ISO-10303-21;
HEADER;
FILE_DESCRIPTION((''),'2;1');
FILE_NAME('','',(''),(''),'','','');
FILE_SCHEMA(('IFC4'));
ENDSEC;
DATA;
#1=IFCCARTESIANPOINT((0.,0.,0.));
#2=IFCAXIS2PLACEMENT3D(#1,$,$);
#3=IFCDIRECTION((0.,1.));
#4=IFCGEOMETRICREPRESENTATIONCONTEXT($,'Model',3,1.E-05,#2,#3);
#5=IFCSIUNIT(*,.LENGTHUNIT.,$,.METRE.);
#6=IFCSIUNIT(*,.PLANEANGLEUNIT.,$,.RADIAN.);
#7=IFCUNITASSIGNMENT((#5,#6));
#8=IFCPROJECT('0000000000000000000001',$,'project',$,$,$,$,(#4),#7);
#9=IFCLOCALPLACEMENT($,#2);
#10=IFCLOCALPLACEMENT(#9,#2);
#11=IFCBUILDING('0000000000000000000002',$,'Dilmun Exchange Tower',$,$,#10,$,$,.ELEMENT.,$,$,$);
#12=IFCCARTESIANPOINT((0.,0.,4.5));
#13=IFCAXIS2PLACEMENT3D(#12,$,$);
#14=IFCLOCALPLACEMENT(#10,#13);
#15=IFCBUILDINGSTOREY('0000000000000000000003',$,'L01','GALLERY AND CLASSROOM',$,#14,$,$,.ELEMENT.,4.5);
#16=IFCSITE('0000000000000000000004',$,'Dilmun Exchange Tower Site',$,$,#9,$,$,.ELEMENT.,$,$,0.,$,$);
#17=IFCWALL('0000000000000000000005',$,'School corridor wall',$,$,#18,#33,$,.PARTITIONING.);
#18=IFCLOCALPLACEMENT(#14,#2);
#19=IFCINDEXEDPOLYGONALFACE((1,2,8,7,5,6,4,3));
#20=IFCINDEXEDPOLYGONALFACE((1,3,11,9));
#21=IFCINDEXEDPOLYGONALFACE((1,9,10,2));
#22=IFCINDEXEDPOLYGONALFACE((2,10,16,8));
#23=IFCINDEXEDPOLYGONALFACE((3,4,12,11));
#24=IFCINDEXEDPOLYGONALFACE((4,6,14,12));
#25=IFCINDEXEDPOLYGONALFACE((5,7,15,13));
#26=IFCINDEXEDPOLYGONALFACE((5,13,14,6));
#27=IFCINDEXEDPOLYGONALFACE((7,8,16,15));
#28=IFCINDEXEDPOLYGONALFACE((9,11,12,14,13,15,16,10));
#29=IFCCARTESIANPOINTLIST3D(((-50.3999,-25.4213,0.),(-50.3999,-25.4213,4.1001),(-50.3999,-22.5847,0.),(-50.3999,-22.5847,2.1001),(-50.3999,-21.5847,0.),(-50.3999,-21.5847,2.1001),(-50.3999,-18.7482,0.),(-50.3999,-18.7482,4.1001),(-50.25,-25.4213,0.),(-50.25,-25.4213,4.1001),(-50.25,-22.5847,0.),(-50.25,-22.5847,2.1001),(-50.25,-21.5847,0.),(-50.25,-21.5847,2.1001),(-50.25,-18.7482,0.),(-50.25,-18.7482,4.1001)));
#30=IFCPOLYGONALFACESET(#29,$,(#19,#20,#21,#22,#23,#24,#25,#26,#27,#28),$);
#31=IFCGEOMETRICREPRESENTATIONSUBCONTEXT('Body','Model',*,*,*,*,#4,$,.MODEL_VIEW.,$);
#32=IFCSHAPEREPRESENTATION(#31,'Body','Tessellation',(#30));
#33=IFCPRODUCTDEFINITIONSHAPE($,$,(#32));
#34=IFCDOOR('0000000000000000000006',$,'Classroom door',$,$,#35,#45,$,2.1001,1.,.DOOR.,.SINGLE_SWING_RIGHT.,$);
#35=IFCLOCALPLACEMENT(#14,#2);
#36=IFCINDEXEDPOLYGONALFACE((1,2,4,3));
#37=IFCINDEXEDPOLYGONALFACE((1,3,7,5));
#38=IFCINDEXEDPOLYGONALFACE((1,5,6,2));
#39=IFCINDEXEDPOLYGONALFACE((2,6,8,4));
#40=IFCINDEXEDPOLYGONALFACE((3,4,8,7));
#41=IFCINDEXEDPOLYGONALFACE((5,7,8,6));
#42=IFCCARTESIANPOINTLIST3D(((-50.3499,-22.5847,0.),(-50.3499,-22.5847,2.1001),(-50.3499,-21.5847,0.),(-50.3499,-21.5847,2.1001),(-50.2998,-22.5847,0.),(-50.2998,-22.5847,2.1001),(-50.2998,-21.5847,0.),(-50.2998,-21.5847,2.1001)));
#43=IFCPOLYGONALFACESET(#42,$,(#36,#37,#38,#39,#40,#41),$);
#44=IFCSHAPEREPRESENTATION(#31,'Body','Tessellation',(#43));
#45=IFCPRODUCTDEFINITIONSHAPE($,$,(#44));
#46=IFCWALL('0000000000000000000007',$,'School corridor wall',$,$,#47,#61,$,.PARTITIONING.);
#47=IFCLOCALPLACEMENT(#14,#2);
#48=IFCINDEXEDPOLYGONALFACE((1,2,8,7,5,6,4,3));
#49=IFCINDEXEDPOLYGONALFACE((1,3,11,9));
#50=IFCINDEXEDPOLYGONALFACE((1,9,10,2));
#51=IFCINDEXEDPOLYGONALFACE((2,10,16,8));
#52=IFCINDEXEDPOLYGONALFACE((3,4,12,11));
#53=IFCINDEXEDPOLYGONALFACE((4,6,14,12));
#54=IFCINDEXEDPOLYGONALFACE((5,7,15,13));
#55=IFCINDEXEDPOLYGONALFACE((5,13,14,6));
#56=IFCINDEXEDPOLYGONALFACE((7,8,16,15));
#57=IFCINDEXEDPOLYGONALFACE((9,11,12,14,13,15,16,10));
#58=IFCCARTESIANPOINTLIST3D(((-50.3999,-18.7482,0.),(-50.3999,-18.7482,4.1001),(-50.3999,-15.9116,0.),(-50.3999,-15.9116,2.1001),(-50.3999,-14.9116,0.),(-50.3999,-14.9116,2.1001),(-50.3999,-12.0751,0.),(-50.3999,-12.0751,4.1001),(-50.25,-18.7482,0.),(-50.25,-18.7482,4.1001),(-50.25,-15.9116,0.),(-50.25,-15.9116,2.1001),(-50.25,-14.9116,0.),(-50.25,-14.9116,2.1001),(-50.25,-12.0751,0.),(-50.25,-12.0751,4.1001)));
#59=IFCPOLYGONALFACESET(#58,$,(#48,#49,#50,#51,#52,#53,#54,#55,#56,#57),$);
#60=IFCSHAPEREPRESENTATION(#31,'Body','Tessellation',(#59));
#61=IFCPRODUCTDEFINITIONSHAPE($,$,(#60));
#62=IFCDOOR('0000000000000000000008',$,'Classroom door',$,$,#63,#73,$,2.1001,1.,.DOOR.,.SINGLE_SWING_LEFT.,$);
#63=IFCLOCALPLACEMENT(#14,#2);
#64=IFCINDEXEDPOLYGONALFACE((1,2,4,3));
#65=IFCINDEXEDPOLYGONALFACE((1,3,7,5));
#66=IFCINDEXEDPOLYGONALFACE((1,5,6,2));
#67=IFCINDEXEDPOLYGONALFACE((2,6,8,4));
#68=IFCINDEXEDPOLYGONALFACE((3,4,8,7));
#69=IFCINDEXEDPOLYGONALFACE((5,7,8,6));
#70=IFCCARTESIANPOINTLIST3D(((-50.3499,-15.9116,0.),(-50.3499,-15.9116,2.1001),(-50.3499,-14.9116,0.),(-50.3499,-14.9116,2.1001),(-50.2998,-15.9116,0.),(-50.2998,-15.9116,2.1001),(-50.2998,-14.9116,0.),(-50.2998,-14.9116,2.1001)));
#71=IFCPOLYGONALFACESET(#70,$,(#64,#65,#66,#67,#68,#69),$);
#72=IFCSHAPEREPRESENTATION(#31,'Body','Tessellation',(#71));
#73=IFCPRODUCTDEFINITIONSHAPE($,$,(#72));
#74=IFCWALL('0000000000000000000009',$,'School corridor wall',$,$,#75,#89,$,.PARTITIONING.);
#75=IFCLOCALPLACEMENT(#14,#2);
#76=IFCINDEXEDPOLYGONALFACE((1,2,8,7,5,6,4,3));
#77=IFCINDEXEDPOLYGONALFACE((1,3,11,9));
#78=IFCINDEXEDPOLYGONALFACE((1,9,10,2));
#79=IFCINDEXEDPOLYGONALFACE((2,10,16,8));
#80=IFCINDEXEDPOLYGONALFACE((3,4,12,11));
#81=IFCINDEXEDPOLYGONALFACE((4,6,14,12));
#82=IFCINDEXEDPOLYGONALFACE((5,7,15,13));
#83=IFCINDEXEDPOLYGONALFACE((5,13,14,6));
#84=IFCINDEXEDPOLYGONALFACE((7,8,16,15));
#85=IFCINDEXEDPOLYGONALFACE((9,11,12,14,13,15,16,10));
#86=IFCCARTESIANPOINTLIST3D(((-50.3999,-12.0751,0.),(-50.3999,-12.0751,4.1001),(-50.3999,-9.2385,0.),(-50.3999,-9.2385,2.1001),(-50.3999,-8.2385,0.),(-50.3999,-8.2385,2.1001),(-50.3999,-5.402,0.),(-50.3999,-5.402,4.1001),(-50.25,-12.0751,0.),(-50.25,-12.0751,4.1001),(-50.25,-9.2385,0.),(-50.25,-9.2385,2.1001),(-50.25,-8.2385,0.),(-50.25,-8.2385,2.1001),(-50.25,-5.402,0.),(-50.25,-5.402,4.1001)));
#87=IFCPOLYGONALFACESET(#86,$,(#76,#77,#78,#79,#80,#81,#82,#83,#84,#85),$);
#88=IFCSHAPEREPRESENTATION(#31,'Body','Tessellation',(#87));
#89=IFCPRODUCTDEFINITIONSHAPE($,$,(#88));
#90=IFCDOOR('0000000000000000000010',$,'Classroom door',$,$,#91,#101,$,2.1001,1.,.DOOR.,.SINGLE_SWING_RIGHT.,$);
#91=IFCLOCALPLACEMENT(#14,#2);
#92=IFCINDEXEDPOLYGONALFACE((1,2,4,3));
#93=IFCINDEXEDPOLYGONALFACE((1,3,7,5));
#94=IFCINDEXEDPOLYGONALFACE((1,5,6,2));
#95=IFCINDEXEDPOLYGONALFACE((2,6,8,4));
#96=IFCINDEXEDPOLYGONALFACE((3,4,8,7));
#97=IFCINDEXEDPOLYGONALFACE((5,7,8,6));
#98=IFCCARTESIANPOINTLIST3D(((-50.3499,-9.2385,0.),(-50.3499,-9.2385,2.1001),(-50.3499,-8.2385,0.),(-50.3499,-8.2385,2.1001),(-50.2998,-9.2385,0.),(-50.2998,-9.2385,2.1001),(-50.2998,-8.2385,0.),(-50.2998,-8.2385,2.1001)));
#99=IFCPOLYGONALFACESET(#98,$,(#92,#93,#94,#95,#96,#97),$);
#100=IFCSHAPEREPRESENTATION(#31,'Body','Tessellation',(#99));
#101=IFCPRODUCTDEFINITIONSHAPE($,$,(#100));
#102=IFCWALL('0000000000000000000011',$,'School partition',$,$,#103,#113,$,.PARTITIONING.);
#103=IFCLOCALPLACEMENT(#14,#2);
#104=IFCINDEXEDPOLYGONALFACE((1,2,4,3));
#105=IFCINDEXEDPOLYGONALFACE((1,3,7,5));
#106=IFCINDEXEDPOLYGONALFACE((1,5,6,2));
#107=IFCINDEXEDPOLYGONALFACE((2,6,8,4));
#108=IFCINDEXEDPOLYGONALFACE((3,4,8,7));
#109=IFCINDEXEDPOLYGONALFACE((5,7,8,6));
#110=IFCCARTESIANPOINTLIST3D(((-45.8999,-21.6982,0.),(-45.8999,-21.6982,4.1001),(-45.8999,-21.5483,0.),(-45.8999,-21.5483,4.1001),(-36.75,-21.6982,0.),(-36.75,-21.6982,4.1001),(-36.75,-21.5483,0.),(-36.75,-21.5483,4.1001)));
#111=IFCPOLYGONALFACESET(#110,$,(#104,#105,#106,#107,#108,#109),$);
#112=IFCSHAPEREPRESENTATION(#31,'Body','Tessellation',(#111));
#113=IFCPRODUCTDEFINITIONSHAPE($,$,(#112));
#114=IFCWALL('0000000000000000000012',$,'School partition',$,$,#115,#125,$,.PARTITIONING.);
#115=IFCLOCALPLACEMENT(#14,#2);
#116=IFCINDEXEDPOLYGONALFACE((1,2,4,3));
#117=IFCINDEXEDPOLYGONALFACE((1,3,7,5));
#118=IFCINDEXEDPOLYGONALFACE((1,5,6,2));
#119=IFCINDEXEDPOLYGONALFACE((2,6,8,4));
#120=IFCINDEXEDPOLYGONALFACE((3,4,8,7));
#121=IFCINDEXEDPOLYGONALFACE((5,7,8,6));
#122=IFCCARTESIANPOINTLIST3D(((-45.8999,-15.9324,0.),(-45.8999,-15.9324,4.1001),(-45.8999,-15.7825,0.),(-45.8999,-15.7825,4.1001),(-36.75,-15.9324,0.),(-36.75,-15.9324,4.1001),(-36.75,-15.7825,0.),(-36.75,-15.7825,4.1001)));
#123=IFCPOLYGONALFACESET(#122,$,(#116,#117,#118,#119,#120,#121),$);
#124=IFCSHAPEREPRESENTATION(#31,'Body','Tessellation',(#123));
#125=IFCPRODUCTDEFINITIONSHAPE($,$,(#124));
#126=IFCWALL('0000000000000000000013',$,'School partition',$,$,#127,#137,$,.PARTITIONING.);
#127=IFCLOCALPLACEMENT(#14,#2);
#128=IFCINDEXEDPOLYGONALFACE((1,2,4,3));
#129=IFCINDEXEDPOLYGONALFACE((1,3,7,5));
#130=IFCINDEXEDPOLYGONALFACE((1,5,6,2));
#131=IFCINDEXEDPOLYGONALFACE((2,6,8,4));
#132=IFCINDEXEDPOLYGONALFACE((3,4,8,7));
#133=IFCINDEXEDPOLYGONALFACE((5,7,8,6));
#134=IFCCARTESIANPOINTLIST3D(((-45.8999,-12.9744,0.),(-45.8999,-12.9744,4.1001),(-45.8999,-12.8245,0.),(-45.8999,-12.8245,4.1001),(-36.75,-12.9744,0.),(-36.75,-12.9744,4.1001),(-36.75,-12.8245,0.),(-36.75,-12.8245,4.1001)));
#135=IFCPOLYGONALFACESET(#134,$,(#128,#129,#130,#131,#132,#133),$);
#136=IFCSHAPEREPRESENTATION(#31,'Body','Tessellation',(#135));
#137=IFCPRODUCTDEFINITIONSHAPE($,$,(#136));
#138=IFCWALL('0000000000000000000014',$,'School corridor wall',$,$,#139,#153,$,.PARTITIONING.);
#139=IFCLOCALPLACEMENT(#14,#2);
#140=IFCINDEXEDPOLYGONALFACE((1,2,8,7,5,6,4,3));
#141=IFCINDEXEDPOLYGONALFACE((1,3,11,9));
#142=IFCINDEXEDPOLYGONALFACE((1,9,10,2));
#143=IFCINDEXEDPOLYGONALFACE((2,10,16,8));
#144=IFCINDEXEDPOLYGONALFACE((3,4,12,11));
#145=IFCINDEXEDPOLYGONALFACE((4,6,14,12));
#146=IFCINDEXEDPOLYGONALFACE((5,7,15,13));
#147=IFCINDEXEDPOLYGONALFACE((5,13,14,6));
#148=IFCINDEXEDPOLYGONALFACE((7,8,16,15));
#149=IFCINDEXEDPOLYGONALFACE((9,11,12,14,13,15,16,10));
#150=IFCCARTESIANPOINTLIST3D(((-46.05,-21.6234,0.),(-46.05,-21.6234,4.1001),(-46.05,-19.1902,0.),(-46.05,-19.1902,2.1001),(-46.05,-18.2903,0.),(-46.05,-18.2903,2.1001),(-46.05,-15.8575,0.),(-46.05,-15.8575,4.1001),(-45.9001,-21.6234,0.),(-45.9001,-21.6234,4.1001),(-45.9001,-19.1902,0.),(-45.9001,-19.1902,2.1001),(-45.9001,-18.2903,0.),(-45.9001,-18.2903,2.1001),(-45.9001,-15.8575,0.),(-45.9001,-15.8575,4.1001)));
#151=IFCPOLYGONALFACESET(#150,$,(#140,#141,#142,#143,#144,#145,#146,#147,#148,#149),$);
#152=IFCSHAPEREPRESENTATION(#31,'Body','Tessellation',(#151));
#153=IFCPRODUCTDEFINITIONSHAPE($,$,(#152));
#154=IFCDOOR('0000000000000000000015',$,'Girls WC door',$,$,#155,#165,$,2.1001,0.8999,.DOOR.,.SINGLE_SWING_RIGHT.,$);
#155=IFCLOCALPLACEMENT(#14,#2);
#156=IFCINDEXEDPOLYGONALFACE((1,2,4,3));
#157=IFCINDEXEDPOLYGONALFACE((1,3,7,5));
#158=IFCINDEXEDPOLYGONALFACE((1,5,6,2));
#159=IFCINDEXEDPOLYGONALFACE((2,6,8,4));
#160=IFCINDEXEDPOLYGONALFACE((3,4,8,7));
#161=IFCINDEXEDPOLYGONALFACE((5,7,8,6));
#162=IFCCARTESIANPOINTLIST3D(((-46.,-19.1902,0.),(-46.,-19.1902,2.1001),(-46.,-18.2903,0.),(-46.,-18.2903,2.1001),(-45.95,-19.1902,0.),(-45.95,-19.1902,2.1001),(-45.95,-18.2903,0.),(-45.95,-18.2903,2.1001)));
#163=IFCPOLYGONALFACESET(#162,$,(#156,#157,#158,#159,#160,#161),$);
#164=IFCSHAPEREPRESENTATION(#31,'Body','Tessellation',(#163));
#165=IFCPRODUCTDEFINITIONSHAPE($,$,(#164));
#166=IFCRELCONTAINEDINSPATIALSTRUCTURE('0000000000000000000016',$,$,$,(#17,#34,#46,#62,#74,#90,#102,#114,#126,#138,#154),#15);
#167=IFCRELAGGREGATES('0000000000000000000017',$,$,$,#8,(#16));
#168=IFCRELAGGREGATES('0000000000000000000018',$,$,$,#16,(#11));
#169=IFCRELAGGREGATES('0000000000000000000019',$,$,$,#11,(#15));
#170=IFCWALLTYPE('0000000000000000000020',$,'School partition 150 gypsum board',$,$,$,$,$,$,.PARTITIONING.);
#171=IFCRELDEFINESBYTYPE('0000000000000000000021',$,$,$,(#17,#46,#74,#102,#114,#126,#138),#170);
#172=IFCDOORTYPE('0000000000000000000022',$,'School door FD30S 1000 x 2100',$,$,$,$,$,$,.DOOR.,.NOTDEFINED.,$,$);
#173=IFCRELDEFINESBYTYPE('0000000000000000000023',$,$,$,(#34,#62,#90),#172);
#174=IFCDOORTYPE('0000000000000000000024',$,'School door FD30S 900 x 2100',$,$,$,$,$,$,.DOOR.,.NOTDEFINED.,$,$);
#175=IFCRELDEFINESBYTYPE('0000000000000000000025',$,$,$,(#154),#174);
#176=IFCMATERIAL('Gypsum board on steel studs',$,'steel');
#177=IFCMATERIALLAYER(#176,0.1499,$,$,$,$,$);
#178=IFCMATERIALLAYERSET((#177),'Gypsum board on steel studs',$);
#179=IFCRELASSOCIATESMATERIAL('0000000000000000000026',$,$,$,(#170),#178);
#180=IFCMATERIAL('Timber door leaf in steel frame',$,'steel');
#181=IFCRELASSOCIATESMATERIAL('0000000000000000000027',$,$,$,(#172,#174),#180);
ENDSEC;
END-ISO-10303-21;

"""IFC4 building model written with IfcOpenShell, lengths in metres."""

from ifc_helpers import new_model, si_unit, direction, frame, frame_2d, origin, place, context, subcontext, project, spatial, rectangle, extrude, material, layer, layer_set, type_object, element, fill, save


model = new_model("IFC4")

# Units and contexts
model_context = context("Model", 3, precision=1e-05, world=origin(), true_north=direction((0.0, 1.0)))
body_context = subcontext(model_context, "Body", "Model", "MODEL_VIEW")
ifc_project = project(units=[si_unit("LENGTHUNIT", "METRE"), si_unit("PLANEANGLEUNIT", "RADIAN")], contexts=[model_context])

# Site, building, storey
site_placement = place(None, origin())
site = spatial("IfcSite", under=ifc_project, at=site_placement, Name="Dilmun Exchange Tower Site", CompositionType="ELEMENT", RefElevation=0.0)
building_placement = place(site_placement, origin())
building = spatial("IfcBuilding", under=site, at=building_placement, Name="Dilmun Exchange Tower", CompositionType="ELEMENT")
storey_placement = place(building_placement, frame((0.0, 0.0, 4.5)))
storey = spatial("IfcBuildingStorey", under=building, at=storey_placement, Name="L01", Description="GALLERY AND CLASSROOM", CompositionType="ELEMENT", Elevation=4.5)

# Shared definitions
ifc_material_1 = material(Name="Gypsum board on steel studs", Category="steel")
ifc_layer_1 = layer(ifc_material_1, 0.1499)
ifc_layer_set_1 = layer_set([ifc_layer_1], Name="Gypsum board on steel studs")
wall_type_1 = type_object("IfcWallType", Name="School partition 150 gypsum board", PredefinedType="PARTITIONING", material=ifc_layer_set_1)

# Walls, openings, doors
wall_1_placement = place(storey_placement, frame((-50.325, -25.4211, 0.0), z_axis=(0.0, 0.0, 1.0), x_axis=(0.0, 1.0, 0.0)))
wall_1 = element("IfcWall", 1, at=wall_1_placement, inside=storey, type_object=wall_type_1, Name="School corridor wall", PredefinedType="PARTITIONING", context=body_context, shape_type="SweptSolid", body=[
    extrude(rectangle(XDim=6.6731, YDim=0.1499, at=frame_2d((3.3364, 0.0))), origin(), (0.0, 0.0, 1.0), 4.1001),
])
opening_1_placement = place(wall_1_placement, frame((2.8364, 0.0, 0.0)))
opening_1 = element("IfcOpeningElement", 2, at=opening_1_placement, cuts=wall_1, PredefinedType="OPENING", context=body_context, shape_type="SweptSolid", body=[
    extrude(rectangle(XDim=1.0, YDim=2.1001, at=frame_2d((0.5, 1.05))), frame((0.0, 0.085, 0.0), z_axis=(0.0, -1.0, 0.0), x_axis=(1.0, 0.0, 0.0)), (0.0, 0.0, 1.0), 0.1699),
])
ifc_material_2 = material(Name="Timber door leaf in steel frame", Category="steel")
door_type_1 = type_object("IfcDoorType", Name="School door FD30S 1000 x 2100", OperationType="NOTDEFINED", PredefinedType="DOOR", material=ifc_material_2)
door_1_placement = place(opening_1_placement, origin())
door_1 = element("IfcDoor", 3, at=door_1_placement, inside=storey, type_object=door_type_1, Name="Classroom door", OperationType="SINGLE_SWING_RIGHT", OverallHeight=2.1001, OverallWidth=1.0, PredefinedType="DOOR", context=body_context, shape_type="SweptSolid", body=[
    extrude(rectangle(XDim=1.0, YDim=2.1001, at=frame_2d((0.5, 1.05))), frame((0.0, 0.0249, 0.0), z_axis=(0.0, -1.0, 0.0), x_axis=(1.0, 0.0, 0.0)), (0.0, 0.0, 1.0), 0.05),
])
fill(opening_1, door_1)
wall_2_placement = place(storey_placement, frame((-50.325, -18.748, 0.0), z_axis=(0.0, 0.0, 1.0), x_axis=(0.0, 1.0, 0.0)))
wall_2 = element("IfcWall", 4, at=wall_2_placement, inside=storey, type_object=wall_type_1, Name="School corridor wall", PredefinedType="PARTITIONING", context=body_context, shape_type="SweptSolid", body=[
    extrude(rectangle(XDim=6.6731, YDim=0.1499, at=frame_2d((3.3364, 0.0))), origin(), (0.0, 0.0, 1.0), 4.1001),
])
opening_2_placement = place(wall_2_placement, frame((2.8364, 0.0, 0.0)))
opening_2 = element("IfcOpeningElement", 5, at=opening_2_placement, cuts=wall_2, PredefinedType="OPENING", context=body_context, shape_type="SweptSolid", body=[
    extrude(rectangle(XDim=1.0, YDim=2.1001, at=frame_2d((0.5, 1.05))), frame((0.0, 0.085, 0.0), z_axis=(0.0, -1.0, 0.0), x_axis=(1.0, 0.0, 0.0)), (0.0, 0.0, 1.0), 0.1699),
])
door_2_placement = place(opening_2_placement, origin())
door_2 = element("IfcDoor", 6, at=door_2_placement, inside=storey, type_object=door_type_1, Name="Classroom door", OperationType="SINGLE_SWING_LEFT", OverallHeight=2.1001, OverallWidth=1.0, PredefinedType="DOOR", context=body_context, shape_type="SweptSolid", body=[
    extrude(rectangle(XDim=1.0, YDim=2.1001, at=frame_2d((0.5, 1.05))), frame((0.0, 0.0249, 0.0), z_axis=(0.0, -1.0, 0.0), x_axis=(1.0, 0.0, 0.0)), (0.0, 0.0, 1.0), 0.05),
])
fill(opening_2, door_2)
wall_3_placement = place(storey_placement, frame((-50.325, -12.075, 0.0), z_axis=(0.0, 0.0, 1.0), x_axis=(0.0, 1.0, 0.0)))
wall_3 = element("IfcWall", 7, at=wall_3_placement, inside=storey, type_object=wall_type_1, Name="School corridor wall", PredefinedType="PARTITIONING", context=body_context, shape_type="SweptSolid", body=[
    extrude(rectangle(XDim=6.6731, YDim=0.1499, at=frame_2d((3.3364, 0.0))), origin(), (0.0, 0.0, 1.0), 4.1001),
])
opening_3_placement = place(wall_3_placement, frame((2.8364, 0.0, 0.0)))
opening_3 = element("IfcOpeningElement", 8, at=opening_3_placement, cuts=wall_3, PredefinedType="OPENING", context=body_context, shape_type="SweptSolid", body=[
    extrude(rectangle(XDim=1.0, YDim=2.1001, at=frame_2d((0.5, 1.05))), frame((0.0, 0.085, 0.0), z_axis=(0.0, -1.0, 0.0), x_axis=(1.0, 0.0, 0.0)), (0.0, 0.0, 1.0), 0.1699),
])
door_3_placement = place(opening_3_placement, origin())
door_3 = element("IfcDoor", 9, at=door_3_placement, inside=storey, type_object=door_type_1, Name="Classroom door", OperationType="SINGLE_SWING_RIGHT", OverallHeight=2.1001, OverallWidth=1.0, PredefinedType="DOOR", context=body_context, shape_type="SweptSolid", body=[
    extrude(rectangle(XDim=1.0, YDim=2.1001, at=frame_2d((0.5, 1.05))), frame((0.0, 0.0249, 0.0), z_axis=(0.0, -1.0, 0.0), x_axis=(1.0, 0.0, 0.0)), (0.0, 0.0, 1.0), 0.05),
])
fill(opening_3, door_3)

# Walls
for number, where, z_axis, x_axis, name in (
    (10, (-45.8999, -21.6233, 0.0), (0.0, 0.0, 1.0), (1.0, 0.0, 0.0), "School partition"),
    (11, (-45.8999, -15.8574, 0.0), (0.0, 0.0, 1.0), (1.0, 0.0, 0.0), "School partition"),
    (12, (-45.8999, -12.8994, 0.0), (0.0, 0.0, 1.0), (1.0, 0.0, 0.0), "School partition"),
):
    element("IfcWall", number, at=place(storey_placement, frame(where, z_axis=z_axis, x_axis=x_axis)), inside=storey, type_object=wall_type_1, Name=name, PredefinedType="PARTITIONING", context=body_context, shape_type="SweptSolid", body=[
        extrude(rectangle(XDim=9.1499, YDim=0.1499, at=frame_2d((4.575, 0.0))), origin(), (0.0, 0.0, 1.0), 4.1001),
    ])

# Wall, opening, door
wall_4_placement = place(storey_placement, frame((-45.9751, -21.6233, 0.0), z_axis=(0.0, 0.0, 1.0), x_axis=(0.0, 1.0, 0.0)))
wall_4 = element("IfcWall", 13, at=wall_4_placement, inside=storey, type_object=wall_type_1, Name="School corridor wall", PredefinedType="PARTITIONING", context=body_context, shape_type="SweptSolid", body=[
    extrude(rectangle(XDim=5.7659, YDim=0.1499, at=frame_2d((2.8828, 0.0))), origin(), (0.0, 0.0, 1.0), 4.1001),
])
opening_4_placement = place(wall_4_placement, frame((2.4331, 0.0, 0.0)))
opening_4 = element("IfcOpeningElement", 14, at=opening_4_placement, cuts=wall_4, PredefinedType="OPENING", context=body_context, shape_type="SweptSolid", body=[
    extrude(rectangle(XDim=0.8999, YDim=2.1001, at=frame_2d((0.45, 1.05))), frame((0.0, 0.085, 0.0), z_axis=(0.0, -1.0, 0.0), x_axis=(1.0, 0.0, 0.0)), (0.0, 0.0, 1.0), 0.1699),
])
door_type_2 = type_object("IfcDoorType", Name="School door FD30S 900 x 2100", OperationType="NOTDEFINED", PredefinedType="DOOR", material=ifc_material_2)
door_4_placement = place(opening_4_placement, origin())
door_4 = element("IfcDoor", 15, at=door_4_placement, inside=storey, type_object=door_type_2, Name="Girls WC door", OperationType="SINGLE_SWING_RIGHT", OverallHeight=2.1001, OverallWidth=0.8999, PredefinedType="DOOR", context=body_context, shape_type="SweptSolid", body=[
    extrude(rectangle(XDim=0.8999, YDim=2.1001, at=frame_2d((0.45, 1.05))), frame((0.0, 0.0249, 0.0), z_axis=(0.0, -1.0, 0.0), x_axis=(1.0, 0.0, 0.0)), (0.0, 0.0, 1.0), 0.05),
])
fill(opening_4, door_4)

save(model, "model.ifc")
